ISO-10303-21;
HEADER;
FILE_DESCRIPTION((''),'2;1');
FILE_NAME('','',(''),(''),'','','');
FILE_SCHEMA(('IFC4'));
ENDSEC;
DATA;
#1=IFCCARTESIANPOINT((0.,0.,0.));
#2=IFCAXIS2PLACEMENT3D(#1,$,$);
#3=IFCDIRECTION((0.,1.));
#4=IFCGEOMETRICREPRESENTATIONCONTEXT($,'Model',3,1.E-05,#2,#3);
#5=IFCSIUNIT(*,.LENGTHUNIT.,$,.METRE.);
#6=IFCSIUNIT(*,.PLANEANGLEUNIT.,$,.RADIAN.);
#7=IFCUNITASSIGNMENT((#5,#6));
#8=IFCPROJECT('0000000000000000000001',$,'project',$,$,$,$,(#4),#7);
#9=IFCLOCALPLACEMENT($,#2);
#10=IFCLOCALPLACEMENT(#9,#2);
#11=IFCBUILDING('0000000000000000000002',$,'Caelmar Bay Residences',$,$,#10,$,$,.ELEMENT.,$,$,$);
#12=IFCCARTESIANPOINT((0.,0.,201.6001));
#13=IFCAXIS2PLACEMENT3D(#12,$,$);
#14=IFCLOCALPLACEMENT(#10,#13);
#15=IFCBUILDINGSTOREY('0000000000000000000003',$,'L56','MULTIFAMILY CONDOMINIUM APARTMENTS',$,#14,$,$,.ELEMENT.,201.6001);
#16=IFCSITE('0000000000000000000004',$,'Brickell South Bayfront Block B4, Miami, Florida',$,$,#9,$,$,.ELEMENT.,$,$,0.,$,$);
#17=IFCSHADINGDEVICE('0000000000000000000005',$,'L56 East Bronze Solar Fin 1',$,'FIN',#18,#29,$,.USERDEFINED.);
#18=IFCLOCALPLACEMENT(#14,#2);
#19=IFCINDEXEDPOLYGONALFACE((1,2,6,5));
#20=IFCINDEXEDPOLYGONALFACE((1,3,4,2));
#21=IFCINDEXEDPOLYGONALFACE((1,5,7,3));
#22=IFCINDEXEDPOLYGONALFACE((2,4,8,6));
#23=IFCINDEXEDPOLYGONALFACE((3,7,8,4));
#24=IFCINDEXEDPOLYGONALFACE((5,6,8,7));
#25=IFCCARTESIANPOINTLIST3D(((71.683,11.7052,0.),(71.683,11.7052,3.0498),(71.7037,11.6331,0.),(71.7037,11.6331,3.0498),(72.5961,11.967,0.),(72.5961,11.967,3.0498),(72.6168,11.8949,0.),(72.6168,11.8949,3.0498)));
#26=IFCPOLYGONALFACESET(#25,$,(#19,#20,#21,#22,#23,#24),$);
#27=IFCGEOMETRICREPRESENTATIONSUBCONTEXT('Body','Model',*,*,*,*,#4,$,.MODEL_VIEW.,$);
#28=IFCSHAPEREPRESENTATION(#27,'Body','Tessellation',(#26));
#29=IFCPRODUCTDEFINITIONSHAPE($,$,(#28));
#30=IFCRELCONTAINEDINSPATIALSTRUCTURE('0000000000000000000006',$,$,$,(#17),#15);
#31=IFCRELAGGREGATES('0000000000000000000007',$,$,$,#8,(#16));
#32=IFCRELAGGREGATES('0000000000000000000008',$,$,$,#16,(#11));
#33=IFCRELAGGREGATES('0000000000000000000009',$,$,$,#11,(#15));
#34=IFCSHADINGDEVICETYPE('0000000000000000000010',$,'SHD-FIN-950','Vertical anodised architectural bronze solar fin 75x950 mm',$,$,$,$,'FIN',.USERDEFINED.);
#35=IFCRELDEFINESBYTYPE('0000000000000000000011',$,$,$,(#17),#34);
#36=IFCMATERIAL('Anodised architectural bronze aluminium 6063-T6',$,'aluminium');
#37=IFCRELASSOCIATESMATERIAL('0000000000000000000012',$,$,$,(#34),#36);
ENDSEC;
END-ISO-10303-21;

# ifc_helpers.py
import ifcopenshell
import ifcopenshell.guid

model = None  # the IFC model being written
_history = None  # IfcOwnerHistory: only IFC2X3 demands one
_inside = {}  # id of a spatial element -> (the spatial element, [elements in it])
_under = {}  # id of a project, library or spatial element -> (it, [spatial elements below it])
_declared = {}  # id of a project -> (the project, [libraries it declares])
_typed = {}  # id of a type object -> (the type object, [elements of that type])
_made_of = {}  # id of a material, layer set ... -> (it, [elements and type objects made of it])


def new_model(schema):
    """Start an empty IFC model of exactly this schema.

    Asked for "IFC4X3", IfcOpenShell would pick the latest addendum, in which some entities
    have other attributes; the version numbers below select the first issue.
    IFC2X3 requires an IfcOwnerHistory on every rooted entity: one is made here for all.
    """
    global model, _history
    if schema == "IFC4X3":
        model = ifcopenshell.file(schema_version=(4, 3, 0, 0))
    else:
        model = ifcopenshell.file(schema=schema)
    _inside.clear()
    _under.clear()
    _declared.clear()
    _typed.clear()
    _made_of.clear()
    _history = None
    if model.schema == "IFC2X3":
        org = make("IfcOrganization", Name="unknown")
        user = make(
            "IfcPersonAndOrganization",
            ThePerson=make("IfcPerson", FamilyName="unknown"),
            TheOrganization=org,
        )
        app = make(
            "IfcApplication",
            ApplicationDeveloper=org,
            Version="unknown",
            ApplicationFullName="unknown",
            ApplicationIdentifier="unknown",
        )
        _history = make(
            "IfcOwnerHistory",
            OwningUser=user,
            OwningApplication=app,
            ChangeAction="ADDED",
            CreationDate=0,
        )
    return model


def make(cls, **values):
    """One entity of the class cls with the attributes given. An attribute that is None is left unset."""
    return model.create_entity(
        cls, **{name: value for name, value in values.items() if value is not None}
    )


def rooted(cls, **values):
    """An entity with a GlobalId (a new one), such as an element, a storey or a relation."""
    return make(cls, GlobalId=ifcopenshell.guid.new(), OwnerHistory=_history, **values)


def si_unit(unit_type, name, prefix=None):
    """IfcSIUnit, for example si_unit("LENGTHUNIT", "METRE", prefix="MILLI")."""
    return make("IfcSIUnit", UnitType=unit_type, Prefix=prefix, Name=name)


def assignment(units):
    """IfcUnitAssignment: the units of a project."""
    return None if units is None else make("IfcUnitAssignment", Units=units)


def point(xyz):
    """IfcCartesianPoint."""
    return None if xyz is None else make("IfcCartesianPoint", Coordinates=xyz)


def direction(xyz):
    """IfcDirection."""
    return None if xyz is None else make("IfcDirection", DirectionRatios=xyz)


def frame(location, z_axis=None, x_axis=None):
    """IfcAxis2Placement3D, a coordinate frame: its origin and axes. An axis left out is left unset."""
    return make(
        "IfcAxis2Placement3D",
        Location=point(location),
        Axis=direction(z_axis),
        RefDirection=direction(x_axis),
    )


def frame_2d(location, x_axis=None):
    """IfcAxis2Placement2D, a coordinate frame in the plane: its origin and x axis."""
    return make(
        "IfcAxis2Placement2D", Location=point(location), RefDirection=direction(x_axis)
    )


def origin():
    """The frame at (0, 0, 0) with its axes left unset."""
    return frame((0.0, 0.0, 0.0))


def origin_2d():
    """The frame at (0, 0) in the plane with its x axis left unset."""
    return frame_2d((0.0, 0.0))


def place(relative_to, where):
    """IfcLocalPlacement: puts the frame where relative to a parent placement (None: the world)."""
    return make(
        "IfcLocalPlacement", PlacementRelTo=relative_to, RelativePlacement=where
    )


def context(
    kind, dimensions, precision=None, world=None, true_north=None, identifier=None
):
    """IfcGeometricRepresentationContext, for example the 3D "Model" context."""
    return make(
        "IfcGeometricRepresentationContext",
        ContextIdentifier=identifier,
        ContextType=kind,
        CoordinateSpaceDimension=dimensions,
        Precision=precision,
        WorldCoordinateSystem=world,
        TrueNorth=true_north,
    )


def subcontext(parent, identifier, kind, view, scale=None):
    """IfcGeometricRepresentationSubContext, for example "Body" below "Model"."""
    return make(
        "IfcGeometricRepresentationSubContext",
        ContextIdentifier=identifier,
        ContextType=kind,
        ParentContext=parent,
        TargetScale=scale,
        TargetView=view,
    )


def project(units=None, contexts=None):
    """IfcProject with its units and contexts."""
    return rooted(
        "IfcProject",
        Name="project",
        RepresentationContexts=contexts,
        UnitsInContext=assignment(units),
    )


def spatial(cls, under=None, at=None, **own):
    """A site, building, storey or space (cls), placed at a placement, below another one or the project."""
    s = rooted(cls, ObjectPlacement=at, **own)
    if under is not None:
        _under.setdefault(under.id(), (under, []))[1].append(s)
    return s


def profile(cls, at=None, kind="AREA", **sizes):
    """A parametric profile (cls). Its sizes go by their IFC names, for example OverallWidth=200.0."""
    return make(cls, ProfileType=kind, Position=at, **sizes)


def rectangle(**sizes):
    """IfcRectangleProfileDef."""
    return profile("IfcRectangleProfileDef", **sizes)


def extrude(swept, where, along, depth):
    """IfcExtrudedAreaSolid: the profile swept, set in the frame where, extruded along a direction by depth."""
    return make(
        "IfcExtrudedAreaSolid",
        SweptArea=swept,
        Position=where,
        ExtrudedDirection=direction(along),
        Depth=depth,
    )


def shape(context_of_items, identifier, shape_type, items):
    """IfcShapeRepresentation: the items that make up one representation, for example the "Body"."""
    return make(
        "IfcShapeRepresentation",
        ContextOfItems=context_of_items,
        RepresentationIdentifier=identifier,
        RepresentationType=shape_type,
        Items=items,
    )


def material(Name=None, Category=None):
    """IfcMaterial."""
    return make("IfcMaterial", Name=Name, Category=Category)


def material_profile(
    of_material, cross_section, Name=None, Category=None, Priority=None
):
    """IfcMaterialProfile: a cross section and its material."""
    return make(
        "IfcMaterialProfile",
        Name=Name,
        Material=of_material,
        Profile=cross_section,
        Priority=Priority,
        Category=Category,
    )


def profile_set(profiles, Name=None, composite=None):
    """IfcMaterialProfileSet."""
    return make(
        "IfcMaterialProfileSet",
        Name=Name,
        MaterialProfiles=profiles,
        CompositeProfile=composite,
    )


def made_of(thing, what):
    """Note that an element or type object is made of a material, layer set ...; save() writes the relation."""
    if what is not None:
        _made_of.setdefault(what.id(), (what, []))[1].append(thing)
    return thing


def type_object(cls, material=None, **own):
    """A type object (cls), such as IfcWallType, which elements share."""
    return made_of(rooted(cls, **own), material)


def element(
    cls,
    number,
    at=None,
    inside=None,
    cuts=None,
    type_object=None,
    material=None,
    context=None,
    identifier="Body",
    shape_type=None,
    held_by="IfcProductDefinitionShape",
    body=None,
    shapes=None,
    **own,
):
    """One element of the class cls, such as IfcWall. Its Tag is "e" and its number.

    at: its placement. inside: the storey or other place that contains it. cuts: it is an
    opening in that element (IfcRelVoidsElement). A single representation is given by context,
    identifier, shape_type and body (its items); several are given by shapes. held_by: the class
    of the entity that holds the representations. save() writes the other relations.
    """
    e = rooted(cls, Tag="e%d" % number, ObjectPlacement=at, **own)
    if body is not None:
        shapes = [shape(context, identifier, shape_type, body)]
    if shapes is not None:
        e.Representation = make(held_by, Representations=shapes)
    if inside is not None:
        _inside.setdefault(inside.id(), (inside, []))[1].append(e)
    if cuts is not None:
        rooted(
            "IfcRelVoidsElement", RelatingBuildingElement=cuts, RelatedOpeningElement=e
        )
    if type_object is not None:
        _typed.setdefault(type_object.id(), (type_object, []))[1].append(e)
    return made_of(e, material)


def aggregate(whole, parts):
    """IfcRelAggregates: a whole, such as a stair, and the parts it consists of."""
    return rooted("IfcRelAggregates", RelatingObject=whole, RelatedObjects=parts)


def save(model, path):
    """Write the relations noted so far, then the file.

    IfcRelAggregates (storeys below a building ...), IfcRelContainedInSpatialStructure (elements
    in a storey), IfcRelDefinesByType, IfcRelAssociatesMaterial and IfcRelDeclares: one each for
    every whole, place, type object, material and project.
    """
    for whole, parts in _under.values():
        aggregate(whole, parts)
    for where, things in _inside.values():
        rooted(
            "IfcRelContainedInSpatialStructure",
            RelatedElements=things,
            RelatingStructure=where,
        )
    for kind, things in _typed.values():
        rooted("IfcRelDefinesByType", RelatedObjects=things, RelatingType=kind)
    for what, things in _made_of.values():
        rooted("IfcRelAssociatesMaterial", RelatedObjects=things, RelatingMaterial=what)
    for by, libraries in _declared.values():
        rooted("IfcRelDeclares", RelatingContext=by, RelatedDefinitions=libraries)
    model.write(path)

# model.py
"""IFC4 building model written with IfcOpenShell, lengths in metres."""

from ifc_helpers import new_model, si_unit, direction, frame, origin, origin_2d, place, context, subcontext, project, spatial, rectangle, extrude, material, material_profile, profile_set, type_object, element, save


model = new_model("IFC4")

# Units and contexts
model_context = context("Model", 3, precision=1e-05, world=origin(), true_north=direction((0.0, 1.0)))
body_context = subcontext(model_context, "Body", "Model", "MODEL_VIEW")
ifc_project = project(units=[si_unit("LENGTHUNIT", "METRE"), si_unit("PLANEANGLEUNIT", "RADIAN")], contexts=[model_context])

# Site, building, storey
site_placement = place(None, origin())
site = spatial("IfcSite", under=ifc_project, at=site_placement, Name="Brickell South Bayfront Block B4, Miami, Florida", CompositionType="ELEMENT", RefElevation=0.0)
building_placement = place(site_placement, origin())
building = spatial("IfcBuilding", under=site, at=building_placement, Name="Caelmar Bay Residences", CompositionType="ELEMENT")
storey_placement = place(building_placement, frame((0.0, 0.0, 201.6001)))
storey = spatial("IfcBuildingStorey", under=building, at=storey_placement, Name="L56", Description="MULTIFAMILY CONDOMINIUM APARTMENTS", CompositionType="ELEMENT", Elevation=201.6001)

# Shading device
ifc_material_1 = material(Name="Anodised architectural bronze aluminium 6063-T6", Category="aluminium")
ifc_material_profile_1 = material_profile(ifc_material_1, rectangle(XDim=0.075, YDim=0.95, at=origin_2d()), Name="BRONZE-FIN-75X950")
ifc_profile_set_1 = profile_set([ifc_material_profile_1], Name="Anodised architectural bronze aluminium 6063-T6")
shading_device_type = type_object("IfcShadingDeviceType", Name="SHD-FIN-950", Description="Vertical anodised architectural bronze solar fin 75x950 mm", ElementType="FIN", PredefinedType="USERDEFINED", material=ifc_profile_set_1)
shading_device_placement = place(storey_placement, frame((72.1499, 11.8, 0.0), z_axis=(0.0, 0.0, 1.0), x_axis=(-0.275637, 0.961262, 0.0)))
element("IfcShadingDevice", 1, at=shading_device_placement, inside=storey, type_object=shading_device_type, Name="L56 East Bronze Solar Fin 1", ObjectType="FIN", PredefinedType="USERDEFINED", context=body_context, shape_type="SweptSolid", body=[
    extrude(rectangle(XDim=0.075, YDim=0.95, at=origin_2d()), origin(), (0.0, 0.0, 1.0), 3.0498),
])

save(model, "model.ifc")
